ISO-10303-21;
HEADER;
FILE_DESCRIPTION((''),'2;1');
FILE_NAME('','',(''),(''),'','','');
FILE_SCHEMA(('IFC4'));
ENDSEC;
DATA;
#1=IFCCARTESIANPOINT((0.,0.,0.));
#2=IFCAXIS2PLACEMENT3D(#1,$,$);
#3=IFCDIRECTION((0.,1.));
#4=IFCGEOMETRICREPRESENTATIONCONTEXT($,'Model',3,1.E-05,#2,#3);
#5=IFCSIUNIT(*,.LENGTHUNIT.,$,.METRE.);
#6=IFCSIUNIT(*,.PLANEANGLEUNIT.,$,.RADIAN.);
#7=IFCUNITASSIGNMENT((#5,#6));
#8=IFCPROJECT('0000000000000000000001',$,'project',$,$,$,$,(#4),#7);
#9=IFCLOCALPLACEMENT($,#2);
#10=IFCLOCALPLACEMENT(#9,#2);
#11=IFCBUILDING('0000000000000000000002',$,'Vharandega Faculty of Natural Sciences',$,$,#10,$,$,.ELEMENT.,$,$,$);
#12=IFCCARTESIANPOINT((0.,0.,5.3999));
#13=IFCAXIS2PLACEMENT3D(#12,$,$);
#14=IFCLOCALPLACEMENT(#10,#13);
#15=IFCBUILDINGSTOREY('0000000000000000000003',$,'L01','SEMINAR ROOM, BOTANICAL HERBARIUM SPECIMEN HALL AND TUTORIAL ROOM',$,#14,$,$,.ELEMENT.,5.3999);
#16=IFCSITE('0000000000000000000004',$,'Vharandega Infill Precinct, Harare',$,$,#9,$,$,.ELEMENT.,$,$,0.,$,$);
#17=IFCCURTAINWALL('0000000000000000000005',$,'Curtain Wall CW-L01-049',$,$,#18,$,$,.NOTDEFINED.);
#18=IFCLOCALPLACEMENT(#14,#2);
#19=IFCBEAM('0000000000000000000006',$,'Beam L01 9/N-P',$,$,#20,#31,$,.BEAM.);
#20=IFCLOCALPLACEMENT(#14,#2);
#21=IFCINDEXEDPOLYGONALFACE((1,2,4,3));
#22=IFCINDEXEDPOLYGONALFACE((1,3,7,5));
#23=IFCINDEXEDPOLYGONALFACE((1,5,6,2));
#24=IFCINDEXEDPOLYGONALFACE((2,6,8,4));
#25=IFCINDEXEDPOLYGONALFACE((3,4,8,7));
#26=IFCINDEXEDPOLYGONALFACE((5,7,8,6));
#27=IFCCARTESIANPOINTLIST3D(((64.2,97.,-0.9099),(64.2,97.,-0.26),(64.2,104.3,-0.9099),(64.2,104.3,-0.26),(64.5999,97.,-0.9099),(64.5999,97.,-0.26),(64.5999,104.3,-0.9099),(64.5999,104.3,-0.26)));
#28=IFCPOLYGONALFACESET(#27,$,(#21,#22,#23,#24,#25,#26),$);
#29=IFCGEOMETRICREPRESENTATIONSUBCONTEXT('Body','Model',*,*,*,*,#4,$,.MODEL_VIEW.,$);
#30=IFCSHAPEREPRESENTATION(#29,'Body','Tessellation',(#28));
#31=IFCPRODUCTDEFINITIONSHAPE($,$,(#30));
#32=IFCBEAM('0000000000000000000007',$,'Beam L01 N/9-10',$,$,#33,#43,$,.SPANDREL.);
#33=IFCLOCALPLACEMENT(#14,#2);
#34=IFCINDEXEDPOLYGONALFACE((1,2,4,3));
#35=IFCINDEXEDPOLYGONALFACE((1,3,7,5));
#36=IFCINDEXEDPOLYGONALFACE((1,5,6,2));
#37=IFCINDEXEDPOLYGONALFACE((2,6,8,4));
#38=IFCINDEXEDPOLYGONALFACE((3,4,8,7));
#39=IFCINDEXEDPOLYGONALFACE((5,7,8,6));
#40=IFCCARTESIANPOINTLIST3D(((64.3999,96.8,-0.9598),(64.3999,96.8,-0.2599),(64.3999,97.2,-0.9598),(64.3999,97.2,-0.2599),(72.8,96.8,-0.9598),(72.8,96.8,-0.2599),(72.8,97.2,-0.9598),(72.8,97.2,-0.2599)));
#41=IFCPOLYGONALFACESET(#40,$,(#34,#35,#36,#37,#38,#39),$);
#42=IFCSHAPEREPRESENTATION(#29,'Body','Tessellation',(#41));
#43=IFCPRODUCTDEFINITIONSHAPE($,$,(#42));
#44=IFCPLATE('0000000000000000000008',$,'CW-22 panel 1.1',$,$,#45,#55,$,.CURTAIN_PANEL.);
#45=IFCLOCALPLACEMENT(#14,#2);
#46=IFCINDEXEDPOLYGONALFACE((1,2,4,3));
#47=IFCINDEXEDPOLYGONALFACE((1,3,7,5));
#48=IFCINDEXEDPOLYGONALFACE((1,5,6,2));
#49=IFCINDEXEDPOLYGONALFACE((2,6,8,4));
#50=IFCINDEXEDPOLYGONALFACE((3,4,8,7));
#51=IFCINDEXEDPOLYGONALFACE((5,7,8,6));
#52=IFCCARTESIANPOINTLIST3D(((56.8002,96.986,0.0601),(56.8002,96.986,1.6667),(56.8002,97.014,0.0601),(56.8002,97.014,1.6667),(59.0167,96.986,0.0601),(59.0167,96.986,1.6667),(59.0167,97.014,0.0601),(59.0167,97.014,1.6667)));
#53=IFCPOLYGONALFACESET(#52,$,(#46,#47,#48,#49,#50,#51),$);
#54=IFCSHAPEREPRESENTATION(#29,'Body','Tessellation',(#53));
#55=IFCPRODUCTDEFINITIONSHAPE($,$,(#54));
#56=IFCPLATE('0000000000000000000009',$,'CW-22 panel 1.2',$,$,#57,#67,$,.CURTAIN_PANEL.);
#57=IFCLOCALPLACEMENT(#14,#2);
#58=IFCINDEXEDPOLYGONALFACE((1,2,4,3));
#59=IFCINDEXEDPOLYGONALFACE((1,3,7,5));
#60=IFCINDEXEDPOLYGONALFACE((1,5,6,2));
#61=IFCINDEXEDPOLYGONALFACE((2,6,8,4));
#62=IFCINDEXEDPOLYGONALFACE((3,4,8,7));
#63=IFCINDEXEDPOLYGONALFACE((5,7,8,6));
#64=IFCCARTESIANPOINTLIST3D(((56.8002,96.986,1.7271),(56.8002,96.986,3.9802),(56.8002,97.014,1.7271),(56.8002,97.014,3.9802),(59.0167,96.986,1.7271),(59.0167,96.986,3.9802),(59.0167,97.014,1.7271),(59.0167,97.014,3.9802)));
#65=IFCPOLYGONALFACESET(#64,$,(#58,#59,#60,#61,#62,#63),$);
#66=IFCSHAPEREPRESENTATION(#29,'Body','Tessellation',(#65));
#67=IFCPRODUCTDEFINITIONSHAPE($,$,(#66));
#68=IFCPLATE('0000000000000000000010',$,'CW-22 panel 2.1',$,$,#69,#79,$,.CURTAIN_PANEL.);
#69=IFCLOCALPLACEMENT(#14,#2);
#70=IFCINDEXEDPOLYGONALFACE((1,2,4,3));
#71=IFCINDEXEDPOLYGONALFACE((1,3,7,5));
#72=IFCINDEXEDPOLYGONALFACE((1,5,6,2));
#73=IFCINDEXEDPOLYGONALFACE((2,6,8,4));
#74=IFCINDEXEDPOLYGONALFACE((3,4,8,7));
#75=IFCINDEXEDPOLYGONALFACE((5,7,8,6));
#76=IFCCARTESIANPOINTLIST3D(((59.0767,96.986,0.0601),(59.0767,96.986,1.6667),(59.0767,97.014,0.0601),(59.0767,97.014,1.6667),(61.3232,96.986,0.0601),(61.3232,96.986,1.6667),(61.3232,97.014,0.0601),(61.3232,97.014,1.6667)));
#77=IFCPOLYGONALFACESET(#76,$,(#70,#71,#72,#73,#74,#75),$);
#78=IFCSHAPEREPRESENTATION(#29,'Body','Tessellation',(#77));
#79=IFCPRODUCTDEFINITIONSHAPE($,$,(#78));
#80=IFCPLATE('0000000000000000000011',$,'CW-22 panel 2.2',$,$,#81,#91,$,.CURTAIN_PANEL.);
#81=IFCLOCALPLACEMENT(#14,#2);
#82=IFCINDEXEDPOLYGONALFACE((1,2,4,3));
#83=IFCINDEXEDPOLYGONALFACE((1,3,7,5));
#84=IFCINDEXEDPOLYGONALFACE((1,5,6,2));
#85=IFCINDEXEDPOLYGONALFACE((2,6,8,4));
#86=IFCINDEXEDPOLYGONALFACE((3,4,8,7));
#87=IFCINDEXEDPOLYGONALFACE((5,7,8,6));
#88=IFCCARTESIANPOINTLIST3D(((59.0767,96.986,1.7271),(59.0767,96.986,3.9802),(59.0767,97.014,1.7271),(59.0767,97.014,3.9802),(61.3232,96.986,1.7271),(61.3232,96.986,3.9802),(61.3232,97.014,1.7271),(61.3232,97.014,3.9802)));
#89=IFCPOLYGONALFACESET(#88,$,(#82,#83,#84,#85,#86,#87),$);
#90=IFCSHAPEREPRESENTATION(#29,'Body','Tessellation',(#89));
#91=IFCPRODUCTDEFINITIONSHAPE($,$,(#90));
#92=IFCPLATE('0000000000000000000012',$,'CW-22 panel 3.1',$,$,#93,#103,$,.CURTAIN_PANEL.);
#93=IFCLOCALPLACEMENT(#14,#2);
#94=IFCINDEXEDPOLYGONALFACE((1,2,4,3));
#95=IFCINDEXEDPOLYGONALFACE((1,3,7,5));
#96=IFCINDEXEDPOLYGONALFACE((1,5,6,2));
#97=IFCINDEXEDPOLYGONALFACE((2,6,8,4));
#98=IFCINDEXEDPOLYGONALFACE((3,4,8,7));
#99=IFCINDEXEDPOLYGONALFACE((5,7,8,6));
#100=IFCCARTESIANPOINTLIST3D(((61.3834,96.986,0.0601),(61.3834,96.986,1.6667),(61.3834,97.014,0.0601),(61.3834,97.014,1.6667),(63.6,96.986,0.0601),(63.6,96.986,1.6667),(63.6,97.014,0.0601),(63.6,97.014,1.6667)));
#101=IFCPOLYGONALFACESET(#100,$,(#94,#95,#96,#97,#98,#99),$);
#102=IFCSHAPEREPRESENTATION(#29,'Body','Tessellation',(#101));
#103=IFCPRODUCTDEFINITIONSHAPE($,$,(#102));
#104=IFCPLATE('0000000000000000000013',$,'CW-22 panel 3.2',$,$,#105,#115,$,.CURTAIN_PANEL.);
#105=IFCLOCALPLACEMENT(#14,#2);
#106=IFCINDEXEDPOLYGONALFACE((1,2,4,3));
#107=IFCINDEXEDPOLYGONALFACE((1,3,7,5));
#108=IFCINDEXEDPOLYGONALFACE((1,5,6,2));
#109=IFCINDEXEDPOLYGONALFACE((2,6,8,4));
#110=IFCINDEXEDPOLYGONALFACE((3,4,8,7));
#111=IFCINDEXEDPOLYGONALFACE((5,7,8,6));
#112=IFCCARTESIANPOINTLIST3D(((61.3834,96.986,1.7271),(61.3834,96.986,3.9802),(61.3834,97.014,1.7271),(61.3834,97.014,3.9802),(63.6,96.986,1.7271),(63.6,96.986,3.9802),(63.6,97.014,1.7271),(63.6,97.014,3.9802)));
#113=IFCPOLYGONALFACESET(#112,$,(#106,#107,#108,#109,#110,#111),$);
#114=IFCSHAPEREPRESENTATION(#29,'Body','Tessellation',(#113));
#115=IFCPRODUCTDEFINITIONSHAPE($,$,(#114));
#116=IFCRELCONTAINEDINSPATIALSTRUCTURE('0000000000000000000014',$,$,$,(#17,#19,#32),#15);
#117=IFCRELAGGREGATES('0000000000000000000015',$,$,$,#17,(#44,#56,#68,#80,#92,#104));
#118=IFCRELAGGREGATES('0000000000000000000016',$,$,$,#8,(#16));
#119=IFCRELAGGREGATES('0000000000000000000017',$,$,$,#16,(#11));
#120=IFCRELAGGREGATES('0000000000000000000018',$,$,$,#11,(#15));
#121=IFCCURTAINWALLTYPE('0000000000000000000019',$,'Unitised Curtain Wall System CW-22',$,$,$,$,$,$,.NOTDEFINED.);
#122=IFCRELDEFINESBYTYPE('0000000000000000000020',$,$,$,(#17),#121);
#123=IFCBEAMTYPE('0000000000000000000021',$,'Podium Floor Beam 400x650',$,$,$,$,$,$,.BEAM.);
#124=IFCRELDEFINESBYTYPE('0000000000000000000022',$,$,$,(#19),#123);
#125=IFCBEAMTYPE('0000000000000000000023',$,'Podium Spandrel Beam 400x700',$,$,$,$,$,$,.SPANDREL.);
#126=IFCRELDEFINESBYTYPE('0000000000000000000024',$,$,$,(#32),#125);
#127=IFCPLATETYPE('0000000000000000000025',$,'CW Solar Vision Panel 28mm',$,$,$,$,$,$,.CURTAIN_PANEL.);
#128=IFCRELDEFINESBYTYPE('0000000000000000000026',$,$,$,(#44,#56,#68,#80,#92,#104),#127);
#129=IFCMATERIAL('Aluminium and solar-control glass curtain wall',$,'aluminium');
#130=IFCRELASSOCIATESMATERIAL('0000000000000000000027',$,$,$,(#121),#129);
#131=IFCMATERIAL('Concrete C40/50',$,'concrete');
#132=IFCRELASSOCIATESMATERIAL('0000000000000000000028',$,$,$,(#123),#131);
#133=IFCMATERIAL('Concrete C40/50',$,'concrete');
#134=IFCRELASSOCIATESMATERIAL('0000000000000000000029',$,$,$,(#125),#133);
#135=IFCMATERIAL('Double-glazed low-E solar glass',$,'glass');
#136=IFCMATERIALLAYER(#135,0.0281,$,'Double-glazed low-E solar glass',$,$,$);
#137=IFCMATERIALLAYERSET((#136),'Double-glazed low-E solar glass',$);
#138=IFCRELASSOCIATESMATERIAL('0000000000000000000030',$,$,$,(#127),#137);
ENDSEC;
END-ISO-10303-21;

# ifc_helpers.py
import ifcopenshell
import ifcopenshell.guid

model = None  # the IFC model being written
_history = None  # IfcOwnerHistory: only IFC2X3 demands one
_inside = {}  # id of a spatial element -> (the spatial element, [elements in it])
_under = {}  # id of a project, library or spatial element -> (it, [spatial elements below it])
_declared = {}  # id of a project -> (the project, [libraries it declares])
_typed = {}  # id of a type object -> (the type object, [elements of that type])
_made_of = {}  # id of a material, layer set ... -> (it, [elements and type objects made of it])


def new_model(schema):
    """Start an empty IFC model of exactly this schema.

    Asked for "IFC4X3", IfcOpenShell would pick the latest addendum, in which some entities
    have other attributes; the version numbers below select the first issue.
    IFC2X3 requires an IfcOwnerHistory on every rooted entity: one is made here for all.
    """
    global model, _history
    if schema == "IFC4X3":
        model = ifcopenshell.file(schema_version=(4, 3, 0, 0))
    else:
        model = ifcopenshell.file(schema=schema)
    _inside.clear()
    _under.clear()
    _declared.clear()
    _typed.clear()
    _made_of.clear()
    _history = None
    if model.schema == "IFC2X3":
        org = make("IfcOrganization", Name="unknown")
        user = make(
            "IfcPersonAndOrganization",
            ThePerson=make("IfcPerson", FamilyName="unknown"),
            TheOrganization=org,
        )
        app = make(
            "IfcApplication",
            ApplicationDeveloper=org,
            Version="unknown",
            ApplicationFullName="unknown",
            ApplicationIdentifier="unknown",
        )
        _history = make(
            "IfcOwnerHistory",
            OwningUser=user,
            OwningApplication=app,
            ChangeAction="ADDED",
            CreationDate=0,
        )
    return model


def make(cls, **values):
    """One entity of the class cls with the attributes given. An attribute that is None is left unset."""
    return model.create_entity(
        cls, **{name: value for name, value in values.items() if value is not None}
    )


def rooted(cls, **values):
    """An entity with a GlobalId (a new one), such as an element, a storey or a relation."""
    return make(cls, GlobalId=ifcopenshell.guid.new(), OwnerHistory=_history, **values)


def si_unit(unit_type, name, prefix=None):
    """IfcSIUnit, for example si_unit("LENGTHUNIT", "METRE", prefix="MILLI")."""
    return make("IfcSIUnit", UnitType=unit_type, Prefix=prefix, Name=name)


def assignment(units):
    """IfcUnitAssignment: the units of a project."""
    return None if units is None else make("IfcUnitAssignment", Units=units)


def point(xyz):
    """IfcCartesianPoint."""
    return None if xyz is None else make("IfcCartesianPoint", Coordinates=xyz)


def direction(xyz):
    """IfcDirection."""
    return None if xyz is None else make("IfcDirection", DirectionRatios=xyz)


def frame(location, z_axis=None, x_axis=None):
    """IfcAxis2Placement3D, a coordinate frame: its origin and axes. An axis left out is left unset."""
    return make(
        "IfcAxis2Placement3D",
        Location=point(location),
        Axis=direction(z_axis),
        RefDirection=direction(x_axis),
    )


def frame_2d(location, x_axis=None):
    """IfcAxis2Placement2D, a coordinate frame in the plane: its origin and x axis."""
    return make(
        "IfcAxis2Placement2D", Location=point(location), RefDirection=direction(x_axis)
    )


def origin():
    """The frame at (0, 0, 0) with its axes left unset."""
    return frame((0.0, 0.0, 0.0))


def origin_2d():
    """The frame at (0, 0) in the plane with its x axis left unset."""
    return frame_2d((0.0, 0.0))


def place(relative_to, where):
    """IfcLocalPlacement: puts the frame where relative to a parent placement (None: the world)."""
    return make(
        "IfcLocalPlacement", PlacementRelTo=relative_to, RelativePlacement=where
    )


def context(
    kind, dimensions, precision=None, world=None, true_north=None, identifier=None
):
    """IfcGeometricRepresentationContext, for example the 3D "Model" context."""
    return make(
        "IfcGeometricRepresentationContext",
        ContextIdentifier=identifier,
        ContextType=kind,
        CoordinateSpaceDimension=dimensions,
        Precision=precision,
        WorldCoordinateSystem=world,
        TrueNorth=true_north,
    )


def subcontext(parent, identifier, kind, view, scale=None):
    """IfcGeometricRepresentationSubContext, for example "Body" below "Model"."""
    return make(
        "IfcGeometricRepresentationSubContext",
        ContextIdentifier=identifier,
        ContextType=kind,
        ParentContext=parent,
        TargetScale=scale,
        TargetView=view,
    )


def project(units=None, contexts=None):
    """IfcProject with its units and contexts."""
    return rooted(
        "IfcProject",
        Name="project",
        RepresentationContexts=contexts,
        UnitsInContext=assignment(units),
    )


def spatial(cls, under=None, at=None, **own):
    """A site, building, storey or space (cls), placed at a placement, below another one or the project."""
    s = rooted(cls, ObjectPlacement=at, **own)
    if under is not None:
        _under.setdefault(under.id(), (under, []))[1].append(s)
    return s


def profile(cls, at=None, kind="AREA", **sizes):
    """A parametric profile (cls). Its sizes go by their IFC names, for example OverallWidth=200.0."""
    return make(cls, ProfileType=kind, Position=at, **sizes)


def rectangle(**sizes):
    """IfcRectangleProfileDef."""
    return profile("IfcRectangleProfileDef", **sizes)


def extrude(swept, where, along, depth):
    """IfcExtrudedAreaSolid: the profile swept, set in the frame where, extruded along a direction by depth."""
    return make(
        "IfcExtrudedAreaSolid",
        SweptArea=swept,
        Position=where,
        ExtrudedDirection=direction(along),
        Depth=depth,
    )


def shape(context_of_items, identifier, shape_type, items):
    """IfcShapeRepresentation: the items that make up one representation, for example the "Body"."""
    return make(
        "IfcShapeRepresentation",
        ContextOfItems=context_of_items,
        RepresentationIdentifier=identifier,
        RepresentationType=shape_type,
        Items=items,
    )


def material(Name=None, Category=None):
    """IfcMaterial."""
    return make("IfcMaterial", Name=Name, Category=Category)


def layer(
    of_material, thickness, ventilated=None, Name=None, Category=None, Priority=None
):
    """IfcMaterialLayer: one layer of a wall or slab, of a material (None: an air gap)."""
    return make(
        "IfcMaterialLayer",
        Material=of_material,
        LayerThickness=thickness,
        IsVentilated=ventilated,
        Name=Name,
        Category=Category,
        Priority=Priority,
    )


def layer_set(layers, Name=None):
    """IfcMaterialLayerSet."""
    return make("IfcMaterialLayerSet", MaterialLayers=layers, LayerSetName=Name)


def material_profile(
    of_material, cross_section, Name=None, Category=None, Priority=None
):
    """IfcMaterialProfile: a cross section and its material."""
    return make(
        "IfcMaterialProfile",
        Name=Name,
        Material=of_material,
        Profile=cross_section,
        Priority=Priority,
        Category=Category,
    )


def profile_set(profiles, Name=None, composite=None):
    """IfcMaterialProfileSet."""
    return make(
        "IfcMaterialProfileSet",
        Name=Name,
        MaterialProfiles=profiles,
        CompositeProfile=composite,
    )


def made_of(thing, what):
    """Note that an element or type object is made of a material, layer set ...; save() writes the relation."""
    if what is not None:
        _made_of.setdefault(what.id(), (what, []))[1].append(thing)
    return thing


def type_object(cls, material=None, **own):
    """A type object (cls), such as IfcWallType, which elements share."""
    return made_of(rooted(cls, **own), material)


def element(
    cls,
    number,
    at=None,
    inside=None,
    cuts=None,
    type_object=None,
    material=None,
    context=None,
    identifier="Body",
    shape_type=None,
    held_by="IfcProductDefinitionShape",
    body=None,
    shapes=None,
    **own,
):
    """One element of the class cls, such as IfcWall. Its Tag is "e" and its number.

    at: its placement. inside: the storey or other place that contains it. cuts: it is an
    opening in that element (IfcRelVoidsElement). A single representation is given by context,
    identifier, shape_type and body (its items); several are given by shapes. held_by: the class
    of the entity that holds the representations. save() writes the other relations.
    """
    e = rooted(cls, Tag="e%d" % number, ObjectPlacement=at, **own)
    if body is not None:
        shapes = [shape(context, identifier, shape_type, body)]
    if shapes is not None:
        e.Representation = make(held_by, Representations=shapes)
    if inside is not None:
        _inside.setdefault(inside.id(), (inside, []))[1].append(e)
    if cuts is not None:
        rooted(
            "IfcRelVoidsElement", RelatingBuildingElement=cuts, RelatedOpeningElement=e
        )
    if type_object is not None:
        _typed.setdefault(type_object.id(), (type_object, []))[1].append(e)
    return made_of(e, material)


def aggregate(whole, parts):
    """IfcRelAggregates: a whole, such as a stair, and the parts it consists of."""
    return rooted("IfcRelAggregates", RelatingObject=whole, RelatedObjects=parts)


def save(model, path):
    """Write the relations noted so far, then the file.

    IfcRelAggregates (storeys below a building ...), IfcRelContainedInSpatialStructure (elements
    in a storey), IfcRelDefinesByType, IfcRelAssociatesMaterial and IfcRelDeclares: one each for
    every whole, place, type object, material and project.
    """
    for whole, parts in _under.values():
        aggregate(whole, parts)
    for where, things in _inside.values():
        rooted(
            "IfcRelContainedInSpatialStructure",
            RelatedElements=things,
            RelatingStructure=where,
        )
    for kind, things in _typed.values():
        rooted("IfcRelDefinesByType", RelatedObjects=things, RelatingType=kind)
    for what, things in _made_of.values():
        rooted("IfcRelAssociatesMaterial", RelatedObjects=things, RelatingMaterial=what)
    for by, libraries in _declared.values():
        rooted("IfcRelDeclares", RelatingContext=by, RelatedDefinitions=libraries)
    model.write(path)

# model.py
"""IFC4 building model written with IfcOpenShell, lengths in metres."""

from ifc_helpers import new_model, si_unit, direction, frame, origin, origin_2d, place, context, subcontext, project, spatial, rectangle, extrude, material, layer, layer_set, material_profile, profile_set, type_object, element, aggregate, save


model = new_model("IFC4")

# Units and contexts
model_context = context("Model", 3, precision=1e-05, world=origin(), true_north=direction((0.0, 1.0)))
body_context = subcontext(model_context, "Body", "Model", "MODEL_VIEW")
ifc_project = project(units=[si_unit("LENGTHUNIT", "METRE"), si_unit("PLANEANGLEUNIT", "RADIAN")], contexts=[model_context])

# Site, building, storey
site_placement = place(None, origin())
site = spatial("IfcSite", under=ifc_project, at=site_placement, Name="Vharandega Infill Precinct, Harare", CompositionType="ELEMENT", RefElevation=0.0)
building_placement = place(site_placement, origin())
building = spatial("IfcBuilding", under=site, at=building_placement, Name="Vharandega Faculty of Natural Sciences", CompositionType="ELEMENT")
storey_placement = place(building_placement, frame((0.0, 0.0, 5.3999)))
storey = spatial("IfcBuildingStorey", under=building, at=storey_placement, Name="L01", Description="SEMINAR ROOM, BOTANICAL HERBARIUM SPECIMEN HALL AND TUTORIAL ROOM", CompositionType="ELEMENT", Elevation=5.3999)

# Curtain wall
ifc_material_1 = material(Name="Aluminium and solar-control glass curtain wall", Category="aluminium")
curtain_wall_type_1 = type_object("IfcCurtainWallType", Name="Unitised Curtain Wall System CW-22", PredefinedType="NOTDEFINED", material=ifc_material_1)
curtain_wall_1_placement = place(storey_placement, origin())
curtain_wall_1 = element("IfcCurtainWall", 1, at=curtain_wall_1_placement, inside=storey, type_object=curtain_wall_type_1, Name="Curtain Wall CW-L01-049", PredefinedType="NOTDEFINED")

# Beams
ifc_material_2 = material(Name="Concrete C40/50", Category="concrete")
ifc_material_profile_1 = material_profile(ifc_material_2, rectangle(XDim=0.3999, YDim=0.6499, at=origin_2d()), Name="RC 400x650")
ifc_profile_set_1 = profile_set([ifc_material_profile_1], Name="Concrete C40/50")
beam_type_1 = type_object("IfcBeamType", Name="Podium Floor Beam 400x650", PredefinedType="BEAM", material=ifc_profile_set_1)
beam_1_placement = place(storey_placement, frame((64.3999, 97.0, -0.585), z_axis=(0.0, 1.0, 0.0), x_axis=(-1.0, 0.0, 0.0)))
element("IfcBeam", 2, at=beam_1_placement, inside=storey, type_object=beam_type_1, Name="Beam L01 9/N-P", PredefinedType="BEAM", context=body_context, shape_type="SweptSolid", body=[
    extrude(rectangle(XDim=0.3999, YDim=0.6499, at=origin_2d()), origin(), (0.0, 0.0, 1.0), 7.3),
])
ifc_material_3 = material(Name="Concrete C40/50", Category="concrete")
ifc_material_profile_2 = material_profile(ifc_material_3, rectangle(XDim=0.3999, YDim=0.7, at=origin_2d()), Name="RC 400x700")
ifc_profile_set_2 = profile_set([ifc_material_profile_2], Name="Concrete C40/50")
beam_type_2 = type_object("IfcBeamType", Name="Podium Spandrel Beam 400x700", PredefinedType="SPANDREL", material=ifc_profile_set_2)
beam_2_placement = place(storey_placement, frame((64.3999, 97.0, -0.6099), z_axis=(1.0, 0.0, 0.0), x_axis=(0.0, 1.0, 0.0)))
element("IfcBeam", 3, at=beam_2_placement, inside=storey, type_object=beam_type_2, Name="Beam L01 N/9-10", PredefinedType="SPANDREL", context=body_context, shape_type="SweptSolid", body=[
    extrude(rectangle(XDim=0.3999, YDim=0.7, at=origin_2d()), origin(), (0.0, 0.0, 1.0), 8.4001),
])

# Plates
ifc_material_4 = material(Name="Double-glazed low-E solar glass", Category="glass")
ifc_layer = layer(ifc_material_4, 0.0281, Name="Double-glazed low-E solar glass")
ifc_layer_set = layer_set([ifc_layer], Name="Double-glazed low-E solar glass")
plate_type = type_object("IfcPlateType", Name="CW Solar Vision Panel 28mm", PredefinedType="CURTAIN_PANEL", material=ifc_layer_set)
plate_1_placement = place(storey_placement, frame((57.9084, 97.0, 0.0601), z_axis=(0.0, 0.0, 1.0), x_axis=(1.0, 0.0, 0.0)))
plate_1 = element("IfcPlate", 4, at=plate_1_placement, type_object=plate_type, Name="CW-22 panel 1.1", PredefinedType="CURTAIN_PANEL", context=body_context, shape_type="SweptSolid", body=[
    extrude(rectangle(XDim=2.2166, YDim=0.0281, at=origin_2d()), origin(), (0.0, 0.0, 1.0), 1.6067),
])
plate_2_placement = place(storey_placement, frame((57.9084, 97.0, 1.7271), z_axis=(0.0, 0.0, 1.0), x_axis=(1.0, 0.0, 0.0)))
plate_2 = element("IfcPlate", 5, at=plate_2_placement, type_object=plate_type, Name="CW-22 panel 1.2", PredefinedType="CURTAIN_PANEL", context=body_context, shape_type="SweptSolid", body=[
    extrude(rectangle(XDim=2.2166, YDim=0.0281, at=origin_2d()), origin(), (0.0, 0.0, 1.0), 2.2532),
])
plate_3_placement = place(storey_placement, frame((60.2, 97.0, 0.0601), z_axis=(0.0, 0.0, 1.0), x_axis=(1.0, 0.0, 0.0)))
plate_3 = element("IfcPlate", 6, at=plate_3_placement, type_object=plate_type, Name="CW-22 panel 2.1", PredefinedType="CURTAIN_PANEL", context=body_context, shape_type="SweptSolid", body=[
    extrude(rectangle(XDim=2.2466, YDim=0.0281, at=origin_2d()), origin(), (0.0, 0.0, 1.0), 1.6067),
])
plate_4_placement = place(storey_placement, frame((60.2, 97.0, 1.7271), z_axis=(0.0, 0.0, 1.0), x_axis=(1.0, 0.0, 0.0)))
plate_4 = element("IfcPlate", 7, at=plate_4_placement, type_object=plate_type, Name="CW-22 panel 2.2", PredefinedType="CURTAIN_PANEL", context=body_context, shape_type="SweptSolid", body=[
    extrude(rectangle(XDim=2.2466, YDim=0.0281, at=origin_2d()), origin(), (0.0, 0.0, 1.0), 2.2532),
])
plate_5_placement = place(storey_placement, frame((62.4917, 97.0, 0.0601), z_axis=(0.0, 0.0, 1.0), x_axis=(1.0, 0.0, 0.0)))
plate_5 = element("IfcPlate", 8, at=plate_5_placement, type_object=plate_type, Name="CW-22 panel 3.1", PredefinedType="CURTAIN_PANEL", context=body_context, shape_type="SweptSolid", body=[
    extrude(rectangle(XDim=2.2166, YDim=0.0281, at=origin_2d()), origin(), (0.0, 0.0, 1.0), 1.6067),
])
plate_6_placement = place(storey_placement, frame((62.4917, 97.0, 1.7271), z_axis=(0.0, 0.0, 1.0), x_axis=(1.0, 0.0, 0.0)))
plate_6 = element("IfcPlate", 9, at=plate_6_placement, type_object=plate_type, Name="CW-22 panel 3.2", PredefinedType="CURTAIN_PANEL", context=body_context, shape_type="SweptSolid", body=[
    extrude(rectangle(XDim=2.2166, YDim=0.0281, at=origin_2d()), origin(), (0.0, 0.0, 1.0), 2.2532),
])
aggregate(curtain_wall_1, [plate_1, plate_2, plate_3, plate_4, plate_5, plate_6])

save(model, "model.ifc")
